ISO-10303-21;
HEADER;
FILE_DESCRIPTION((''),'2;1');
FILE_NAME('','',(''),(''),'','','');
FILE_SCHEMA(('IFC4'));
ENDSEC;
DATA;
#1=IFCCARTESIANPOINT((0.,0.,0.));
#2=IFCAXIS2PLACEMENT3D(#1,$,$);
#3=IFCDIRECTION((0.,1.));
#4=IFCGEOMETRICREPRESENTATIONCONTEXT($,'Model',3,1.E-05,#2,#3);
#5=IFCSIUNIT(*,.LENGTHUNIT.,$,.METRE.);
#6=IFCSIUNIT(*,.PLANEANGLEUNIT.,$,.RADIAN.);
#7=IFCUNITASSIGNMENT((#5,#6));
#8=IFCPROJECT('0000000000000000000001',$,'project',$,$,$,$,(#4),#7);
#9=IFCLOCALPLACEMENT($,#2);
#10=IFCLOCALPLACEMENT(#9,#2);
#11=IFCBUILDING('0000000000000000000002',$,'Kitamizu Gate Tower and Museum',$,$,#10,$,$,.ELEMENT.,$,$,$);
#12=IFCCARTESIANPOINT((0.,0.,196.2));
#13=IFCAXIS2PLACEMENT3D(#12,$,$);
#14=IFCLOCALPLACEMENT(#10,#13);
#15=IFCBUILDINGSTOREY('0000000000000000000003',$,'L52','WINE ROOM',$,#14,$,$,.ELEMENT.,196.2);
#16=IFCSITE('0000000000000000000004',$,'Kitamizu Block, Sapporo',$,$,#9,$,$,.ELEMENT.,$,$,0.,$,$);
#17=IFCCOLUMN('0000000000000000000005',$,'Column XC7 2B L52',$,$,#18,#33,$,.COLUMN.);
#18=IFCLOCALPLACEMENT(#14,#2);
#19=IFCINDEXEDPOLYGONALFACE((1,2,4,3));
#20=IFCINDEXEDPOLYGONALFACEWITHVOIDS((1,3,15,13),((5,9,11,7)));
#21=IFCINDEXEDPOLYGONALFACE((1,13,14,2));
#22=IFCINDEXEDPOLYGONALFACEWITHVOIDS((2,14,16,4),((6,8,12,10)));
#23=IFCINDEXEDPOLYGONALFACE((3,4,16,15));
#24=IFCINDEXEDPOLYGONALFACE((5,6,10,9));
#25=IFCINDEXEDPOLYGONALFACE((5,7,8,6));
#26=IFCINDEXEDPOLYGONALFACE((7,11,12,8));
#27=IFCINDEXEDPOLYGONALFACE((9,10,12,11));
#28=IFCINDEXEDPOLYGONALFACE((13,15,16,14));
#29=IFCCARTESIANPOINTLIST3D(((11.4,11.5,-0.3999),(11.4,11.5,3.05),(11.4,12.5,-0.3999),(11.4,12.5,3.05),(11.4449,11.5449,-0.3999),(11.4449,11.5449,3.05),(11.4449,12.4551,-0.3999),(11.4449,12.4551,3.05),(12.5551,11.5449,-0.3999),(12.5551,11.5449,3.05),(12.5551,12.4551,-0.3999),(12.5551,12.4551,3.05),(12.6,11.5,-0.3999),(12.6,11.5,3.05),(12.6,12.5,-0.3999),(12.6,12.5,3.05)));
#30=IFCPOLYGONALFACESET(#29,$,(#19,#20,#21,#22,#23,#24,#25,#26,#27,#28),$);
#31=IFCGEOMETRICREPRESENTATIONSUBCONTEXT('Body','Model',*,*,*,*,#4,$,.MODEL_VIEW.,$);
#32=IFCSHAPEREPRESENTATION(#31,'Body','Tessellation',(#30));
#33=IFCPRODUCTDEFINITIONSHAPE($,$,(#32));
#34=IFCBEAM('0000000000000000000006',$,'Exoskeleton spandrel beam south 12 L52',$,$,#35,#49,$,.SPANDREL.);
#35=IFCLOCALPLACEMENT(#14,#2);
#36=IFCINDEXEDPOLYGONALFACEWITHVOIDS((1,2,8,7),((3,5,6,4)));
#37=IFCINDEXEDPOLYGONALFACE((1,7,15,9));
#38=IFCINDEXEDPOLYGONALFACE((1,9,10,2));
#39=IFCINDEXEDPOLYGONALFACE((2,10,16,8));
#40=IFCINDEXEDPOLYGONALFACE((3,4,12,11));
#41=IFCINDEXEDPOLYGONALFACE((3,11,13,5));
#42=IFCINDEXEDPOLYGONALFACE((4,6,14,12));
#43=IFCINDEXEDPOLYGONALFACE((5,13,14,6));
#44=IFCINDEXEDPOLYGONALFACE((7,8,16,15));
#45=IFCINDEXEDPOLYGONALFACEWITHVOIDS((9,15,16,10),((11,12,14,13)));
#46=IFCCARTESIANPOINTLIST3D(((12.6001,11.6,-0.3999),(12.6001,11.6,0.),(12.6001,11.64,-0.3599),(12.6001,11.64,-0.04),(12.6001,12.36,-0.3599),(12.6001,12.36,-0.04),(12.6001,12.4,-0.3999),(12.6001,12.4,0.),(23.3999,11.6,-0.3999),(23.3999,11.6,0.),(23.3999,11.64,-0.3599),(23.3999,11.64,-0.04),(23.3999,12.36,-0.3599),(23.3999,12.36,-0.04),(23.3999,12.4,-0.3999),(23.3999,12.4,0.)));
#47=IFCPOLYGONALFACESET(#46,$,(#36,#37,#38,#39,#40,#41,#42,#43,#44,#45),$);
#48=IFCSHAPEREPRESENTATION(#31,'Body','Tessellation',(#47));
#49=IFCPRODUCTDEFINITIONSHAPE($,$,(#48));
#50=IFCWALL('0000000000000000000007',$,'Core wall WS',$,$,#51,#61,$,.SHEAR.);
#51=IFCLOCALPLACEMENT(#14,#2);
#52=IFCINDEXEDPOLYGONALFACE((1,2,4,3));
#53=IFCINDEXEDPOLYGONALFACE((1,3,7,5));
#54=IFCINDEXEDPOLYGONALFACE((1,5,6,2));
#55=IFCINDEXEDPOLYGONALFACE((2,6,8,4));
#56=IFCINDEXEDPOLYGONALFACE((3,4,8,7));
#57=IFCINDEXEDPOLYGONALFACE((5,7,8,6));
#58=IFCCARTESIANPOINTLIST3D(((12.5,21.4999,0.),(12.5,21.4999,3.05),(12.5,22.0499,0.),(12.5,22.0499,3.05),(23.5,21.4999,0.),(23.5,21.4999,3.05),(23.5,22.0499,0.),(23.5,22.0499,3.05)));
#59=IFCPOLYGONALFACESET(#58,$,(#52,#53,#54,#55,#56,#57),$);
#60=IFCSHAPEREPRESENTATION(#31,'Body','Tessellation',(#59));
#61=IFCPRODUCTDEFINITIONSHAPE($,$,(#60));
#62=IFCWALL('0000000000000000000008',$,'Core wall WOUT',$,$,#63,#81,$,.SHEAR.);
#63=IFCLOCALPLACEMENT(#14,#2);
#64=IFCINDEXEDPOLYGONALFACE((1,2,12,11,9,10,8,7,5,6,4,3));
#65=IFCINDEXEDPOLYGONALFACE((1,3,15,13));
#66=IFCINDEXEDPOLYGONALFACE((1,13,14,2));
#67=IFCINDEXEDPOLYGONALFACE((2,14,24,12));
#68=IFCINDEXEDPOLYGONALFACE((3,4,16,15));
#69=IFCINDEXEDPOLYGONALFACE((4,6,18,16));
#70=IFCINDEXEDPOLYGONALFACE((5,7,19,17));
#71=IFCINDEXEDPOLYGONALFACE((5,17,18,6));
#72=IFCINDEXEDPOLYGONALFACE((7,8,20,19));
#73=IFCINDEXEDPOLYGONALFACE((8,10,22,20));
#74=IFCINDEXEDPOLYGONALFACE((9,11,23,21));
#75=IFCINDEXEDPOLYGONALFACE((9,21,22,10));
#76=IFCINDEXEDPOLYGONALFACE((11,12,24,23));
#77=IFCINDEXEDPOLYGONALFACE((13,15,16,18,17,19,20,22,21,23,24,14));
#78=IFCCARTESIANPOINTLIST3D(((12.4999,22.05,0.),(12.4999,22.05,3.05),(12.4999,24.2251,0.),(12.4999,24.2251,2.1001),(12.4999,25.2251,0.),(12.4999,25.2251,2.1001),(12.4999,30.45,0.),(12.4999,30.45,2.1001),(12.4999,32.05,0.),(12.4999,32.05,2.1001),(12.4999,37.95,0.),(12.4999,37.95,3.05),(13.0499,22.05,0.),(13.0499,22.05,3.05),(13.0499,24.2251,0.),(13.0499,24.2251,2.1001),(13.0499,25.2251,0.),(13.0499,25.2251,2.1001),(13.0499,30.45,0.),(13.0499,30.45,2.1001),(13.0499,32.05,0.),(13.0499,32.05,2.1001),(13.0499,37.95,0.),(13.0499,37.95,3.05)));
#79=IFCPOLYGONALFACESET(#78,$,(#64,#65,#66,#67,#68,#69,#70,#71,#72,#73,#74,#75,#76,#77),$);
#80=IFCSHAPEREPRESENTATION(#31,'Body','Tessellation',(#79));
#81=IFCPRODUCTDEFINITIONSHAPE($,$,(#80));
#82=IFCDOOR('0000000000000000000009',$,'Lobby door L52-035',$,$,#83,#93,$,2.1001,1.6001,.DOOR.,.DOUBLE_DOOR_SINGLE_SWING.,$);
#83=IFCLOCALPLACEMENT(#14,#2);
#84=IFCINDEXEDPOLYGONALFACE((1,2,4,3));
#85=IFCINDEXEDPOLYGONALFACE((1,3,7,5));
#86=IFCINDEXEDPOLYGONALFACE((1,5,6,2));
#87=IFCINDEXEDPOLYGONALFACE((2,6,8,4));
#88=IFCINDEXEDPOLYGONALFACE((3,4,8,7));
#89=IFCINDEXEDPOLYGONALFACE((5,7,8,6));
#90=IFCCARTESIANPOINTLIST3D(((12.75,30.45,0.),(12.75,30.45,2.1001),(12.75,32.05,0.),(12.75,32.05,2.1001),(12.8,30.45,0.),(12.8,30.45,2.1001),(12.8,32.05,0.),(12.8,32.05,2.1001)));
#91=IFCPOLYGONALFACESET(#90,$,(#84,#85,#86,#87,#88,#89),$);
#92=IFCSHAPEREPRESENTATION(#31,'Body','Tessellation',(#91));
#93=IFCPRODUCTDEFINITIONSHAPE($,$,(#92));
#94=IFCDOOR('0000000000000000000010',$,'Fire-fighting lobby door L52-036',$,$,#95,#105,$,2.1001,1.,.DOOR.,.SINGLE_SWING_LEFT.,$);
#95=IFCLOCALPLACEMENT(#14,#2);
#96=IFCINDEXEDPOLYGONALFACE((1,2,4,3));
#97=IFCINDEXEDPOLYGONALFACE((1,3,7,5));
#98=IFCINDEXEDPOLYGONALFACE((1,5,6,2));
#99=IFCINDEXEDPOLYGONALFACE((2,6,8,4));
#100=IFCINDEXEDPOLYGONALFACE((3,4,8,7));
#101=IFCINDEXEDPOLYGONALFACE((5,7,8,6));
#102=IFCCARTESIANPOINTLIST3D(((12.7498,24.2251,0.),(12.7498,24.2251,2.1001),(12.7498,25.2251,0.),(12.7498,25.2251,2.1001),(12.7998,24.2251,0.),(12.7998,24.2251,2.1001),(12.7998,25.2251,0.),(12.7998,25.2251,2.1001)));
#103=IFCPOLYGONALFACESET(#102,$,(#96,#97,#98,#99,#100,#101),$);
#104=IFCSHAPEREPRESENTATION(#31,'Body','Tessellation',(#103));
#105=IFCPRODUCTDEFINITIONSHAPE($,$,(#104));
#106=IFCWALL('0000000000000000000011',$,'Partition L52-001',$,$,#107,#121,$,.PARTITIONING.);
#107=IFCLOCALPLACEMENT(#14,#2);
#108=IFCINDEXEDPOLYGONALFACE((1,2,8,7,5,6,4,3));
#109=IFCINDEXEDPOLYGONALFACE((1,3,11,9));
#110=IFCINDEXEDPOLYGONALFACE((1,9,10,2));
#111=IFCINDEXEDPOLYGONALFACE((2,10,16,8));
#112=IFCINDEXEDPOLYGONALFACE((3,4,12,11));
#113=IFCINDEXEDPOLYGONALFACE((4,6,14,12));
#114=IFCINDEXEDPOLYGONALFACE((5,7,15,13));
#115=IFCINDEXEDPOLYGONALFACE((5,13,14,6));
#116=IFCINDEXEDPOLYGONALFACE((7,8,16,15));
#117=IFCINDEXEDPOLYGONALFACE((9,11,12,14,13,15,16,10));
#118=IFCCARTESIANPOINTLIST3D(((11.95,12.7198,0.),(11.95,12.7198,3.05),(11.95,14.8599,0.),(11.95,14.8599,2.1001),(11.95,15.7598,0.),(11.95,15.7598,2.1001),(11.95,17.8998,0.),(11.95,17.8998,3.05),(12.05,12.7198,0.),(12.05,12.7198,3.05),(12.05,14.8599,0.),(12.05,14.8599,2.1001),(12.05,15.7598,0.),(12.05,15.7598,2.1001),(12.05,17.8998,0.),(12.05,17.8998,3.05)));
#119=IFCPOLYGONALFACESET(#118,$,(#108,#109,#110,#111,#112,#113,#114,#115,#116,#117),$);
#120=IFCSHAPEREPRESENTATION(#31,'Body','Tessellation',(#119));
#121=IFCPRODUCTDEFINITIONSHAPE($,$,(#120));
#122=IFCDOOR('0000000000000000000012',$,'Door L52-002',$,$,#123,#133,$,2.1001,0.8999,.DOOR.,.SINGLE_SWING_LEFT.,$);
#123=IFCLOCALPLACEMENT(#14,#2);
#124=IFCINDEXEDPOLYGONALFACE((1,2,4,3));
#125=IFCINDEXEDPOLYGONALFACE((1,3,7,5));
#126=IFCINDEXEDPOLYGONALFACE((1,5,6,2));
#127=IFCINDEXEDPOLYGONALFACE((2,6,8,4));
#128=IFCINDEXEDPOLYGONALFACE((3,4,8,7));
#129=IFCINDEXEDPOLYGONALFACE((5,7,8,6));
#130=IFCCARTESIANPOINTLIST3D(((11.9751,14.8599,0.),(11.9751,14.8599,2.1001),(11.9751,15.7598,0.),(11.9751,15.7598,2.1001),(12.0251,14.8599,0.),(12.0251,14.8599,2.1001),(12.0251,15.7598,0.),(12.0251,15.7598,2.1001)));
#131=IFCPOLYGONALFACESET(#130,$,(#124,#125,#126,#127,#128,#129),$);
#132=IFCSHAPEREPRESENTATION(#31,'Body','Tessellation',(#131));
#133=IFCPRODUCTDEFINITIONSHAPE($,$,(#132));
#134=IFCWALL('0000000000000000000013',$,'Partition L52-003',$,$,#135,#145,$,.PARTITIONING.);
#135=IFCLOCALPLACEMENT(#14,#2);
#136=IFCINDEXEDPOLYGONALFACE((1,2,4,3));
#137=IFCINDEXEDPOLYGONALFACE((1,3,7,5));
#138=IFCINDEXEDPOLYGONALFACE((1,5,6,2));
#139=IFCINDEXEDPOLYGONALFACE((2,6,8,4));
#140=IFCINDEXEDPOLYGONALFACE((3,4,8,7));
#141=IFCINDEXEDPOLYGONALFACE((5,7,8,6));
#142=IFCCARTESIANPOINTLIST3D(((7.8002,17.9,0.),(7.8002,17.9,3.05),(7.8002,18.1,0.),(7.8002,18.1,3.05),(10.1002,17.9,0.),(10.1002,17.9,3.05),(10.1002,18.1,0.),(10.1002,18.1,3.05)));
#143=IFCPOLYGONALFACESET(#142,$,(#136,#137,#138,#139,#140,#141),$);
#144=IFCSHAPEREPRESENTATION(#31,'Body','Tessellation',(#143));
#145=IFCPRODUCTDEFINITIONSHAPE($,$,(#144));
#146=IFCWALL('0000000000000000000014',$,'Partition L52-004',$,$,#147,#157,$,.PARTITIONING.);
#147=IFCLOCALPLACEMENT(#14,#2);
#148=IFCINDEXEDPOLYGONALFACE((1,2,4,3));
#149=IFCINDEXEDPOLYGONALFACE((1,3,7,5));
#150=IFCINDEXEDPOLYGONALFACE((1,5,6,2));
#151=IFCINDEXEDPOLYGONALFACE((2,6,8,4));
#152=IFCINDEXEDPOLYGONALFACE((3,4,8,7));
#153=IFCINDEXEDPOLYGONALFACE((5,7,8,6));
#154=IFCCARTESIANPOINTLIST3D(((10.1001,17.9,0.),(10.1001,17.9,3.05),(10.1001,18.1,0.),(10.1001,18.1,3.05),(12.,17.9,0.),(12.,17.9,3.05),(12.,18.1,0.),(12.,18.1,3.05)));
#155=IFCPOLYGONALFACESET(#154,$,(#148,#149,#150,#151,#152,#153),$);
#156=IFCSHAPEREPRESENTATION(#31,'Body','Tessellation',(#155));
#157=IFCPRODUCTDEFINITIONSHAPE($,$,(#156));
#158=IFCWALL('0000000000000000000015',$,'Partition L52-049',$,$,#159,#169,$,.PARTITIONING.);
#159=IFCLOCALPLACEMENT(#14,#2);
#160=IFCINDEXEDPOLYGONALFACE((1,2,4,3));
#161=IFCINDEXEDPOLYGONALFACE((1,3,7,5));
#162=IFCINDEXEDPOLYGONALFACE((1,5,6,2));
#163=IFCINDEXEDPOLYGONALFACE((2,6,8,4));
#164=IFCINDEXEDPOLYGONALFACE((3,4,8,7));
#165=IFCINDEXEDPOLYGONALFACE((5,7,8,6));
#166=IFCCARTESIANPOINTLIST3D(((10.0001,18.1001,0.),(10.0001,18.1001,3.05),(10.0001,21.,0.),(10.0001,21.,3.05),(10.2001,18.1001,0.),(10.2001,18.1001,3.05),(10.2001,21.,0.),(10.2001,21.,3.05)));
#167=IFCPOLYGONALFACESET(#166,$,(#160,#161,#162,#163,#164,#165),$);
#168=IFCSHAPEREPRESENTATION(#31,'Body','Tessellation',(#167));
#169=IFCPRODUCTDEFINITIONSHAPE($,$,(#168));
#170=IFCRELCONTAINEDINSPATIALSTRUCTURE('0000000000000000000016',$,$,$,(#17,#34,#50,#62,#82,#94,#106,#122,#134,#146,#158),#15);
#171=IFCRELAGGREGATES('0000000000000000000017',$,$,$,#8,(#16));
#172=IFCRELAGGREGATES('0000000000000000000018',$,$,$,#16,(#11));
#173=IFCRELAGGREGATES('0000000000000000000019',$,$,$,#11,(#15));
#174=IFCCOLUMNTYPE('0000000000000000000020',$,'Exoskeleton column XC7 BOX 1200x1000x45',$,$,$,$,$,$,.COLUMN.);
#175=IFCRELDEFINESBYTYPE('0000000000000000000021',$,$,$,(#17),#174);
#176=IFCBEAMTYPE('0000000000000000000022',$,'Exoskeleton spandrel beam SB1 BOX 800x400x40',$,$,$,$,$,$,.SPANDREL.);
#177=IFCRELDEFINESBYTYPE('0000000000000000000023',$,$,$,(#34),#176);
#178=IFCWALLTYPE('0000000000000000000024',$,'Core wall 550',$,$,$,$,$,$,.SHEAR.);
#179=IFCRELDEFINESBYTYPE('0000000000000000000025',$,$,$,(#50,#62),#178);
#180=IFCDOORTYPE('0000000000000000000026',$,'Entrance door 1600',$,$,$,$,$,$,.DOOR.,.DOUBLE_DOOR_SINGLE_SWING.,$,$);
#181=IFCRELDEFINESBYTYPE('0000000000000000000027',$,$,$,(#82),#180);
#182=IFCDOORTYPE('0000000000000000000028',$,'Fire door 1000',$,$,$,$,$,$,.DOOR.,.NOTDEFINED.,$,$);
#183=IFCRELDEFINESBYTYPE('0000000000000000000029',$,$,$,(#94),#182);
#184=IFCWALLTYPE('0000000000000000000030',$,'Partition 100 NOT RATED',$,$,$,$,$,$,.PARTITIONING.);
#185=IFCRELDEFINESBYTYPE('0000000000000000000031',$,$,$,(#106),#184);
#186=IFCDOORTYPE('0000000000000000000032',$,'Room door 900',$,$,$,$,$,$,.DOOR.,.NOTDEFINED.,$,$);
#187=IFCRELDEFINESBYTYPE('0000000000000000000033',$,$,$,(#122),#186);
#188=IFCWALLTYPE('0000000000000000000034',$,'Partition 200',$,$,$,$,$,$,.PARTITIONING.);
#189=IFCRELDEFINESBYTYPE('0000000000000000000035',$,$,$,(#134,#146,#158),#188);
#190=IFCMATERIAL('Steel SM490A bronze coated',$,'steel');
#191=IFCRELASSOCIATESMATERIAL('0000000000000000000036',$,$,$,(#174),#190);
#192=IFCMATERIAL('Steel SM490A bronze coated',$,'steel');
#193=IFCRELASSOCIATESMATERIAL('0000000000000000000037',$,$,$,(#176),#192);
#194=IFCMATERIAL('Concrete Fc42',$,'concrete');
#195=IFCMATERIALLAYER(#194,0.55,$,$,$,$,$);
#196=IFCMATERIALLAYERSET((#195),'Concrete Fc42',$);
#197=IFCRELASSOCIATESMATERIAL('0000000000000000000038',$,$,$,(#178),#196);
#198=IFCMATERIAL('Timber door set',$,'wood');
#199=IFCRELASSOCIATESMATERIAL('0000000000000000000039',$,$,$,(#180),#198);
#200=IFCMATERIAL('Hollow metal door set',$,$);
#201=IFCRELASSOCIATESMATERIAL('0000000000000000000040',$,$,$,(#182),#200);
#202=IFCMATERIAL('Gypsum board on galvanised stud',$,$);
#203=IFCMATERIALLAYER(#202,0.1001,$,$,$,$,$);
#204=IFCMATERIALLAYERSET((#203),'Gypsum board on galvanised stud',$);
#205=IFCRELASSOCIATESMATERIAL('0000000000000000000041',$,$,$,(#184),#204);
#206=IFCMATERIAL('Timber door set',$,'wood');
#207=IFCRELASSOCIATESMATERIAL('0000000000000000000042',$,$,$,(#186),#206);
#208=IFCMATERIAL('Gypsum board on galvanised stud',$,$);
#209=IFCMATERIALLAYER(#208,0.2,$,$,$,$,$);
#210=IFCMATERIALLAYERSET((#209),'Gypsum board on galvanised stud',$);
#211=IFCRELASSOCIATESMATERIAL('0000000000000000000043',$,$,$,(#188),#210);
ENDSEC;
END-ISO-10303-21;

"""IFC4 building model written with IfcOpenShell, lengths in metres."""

from ifc_helpers import new_model, si_unit, direction, frame, frame_2d, origin, origin_2d, place, context, subcontext, project, spatial, rectangle, hollow_rectangle, extrude, material, layer, layer_set, material_profile, profile_set, type_object, element, fill, save


model = new_model("IFC4")

# Units and contexts
model_context = context("Model", 3, precision=1e-05, world=origin(), true_north=direction((0.0, 1.0)))
body_context = subcontext(model_context, "Body", "Model", "MODEL_VIEW")
ifc_project = project(units=[si_unit("LENGTHUNIT", "METRE"), si_unit("PLANEANGLEUNIT", "RADIAN")], contexts=[model_context])

# Site, building, storey
site_placement = place(None, origin())
site = spatial("IfcSite", under=ifc_project, at=site_placement, Name="Kitamizu Block, Sapporo", CompositionType="ELEMENT", RefElevation=0.0)
building_placement = place(site_placement, origin())
building = spatial("IfcBuilding", under=site, at=building_placement, Name="Kitamizu Gate Tower and Museum", CompositionType="ELEMENT")
storey_placement = place(building_placement, frame((0.0, 0.0, 196.2)))
storey = spatial("IfcBuildingStorey", under=building, at=storey_placement, Name="L52", Description="WINE ROOM", CompositionType="ELEMENT", Elevation=196.2)

# Column
ifc_material_1 = material(Name="Steel SM490A bronze coated", Category="steel")
ifc_material_profile_1 = material_profile(ifc_material_1, hollow_rectangle(XDim=1.2, YDim=1.0, WallThickness=0.0449, at=origin_2d()), Name="BOX 1200x1000x45")
ifc_profile_set_1 = profile_set([ifc_material_profile_1], Name="Steel SM490A bronze coated")
column_type = type_object("IfcColumnType", Name="Exoskeleton column XC7 BOX 1200x1000x45", PredefinedType="COLUMN", material=ifc_profile_set_1)
column_placement = place(storey_placement, frame((12.0, 12.0, -0.3999), z_axis=(0.0, 0.0, 1.0), x_axis=(1.0, 0.0, 0.0)))
element("IfcColumn", 1, at=column_placement, inside=storey, type_object=column_type, Name="Column XC7 2B L52", PredefinedType="COLUMN", context=body_context, shape_type="SweptSolid", body=[
    extrude(hollow_rectangle(XDim=1.2, YDim=1.0, WallThickness=0.0449, at=origin_2d()), origin(), (0.0, 0.0, 1.0), 3.45),
])

# Beam
ifc_material_2 = material(Name="Steel SM490A bronze coated", Category="steel")
ifc_material_profile_2 = material_profile(ifc_material_2, hollow_rectangle(XDim=0.8, YDim=0.3999, WallThickness=0.04, at=origin_2d()), Name="BOX 800x400x40")
ifc_profile_set_2 = profile_set([ifc_material_profile_2], Name="Steel SM490A bronze coated")
beam_type = type_object("IfcBeamType", Name="Exoskeleton spandrel beam SB1 BOX 800x400x40", PredefinedType="SPANDREL", material=ifc_profile_set_2)
beam_placement = place(storey_placement, frame((12.6001, 12.0, -0.2), z_axis=(1.0, 0.0, 0.0), x_axis=(0.0, 1.0, 0.0)))
element("IfcBeam", 2, at=beam_placement, inside=storey, type_object=beam_type, Name="Exoskeleton spandrel beam south 12 L52", PredefinedType="SPANDREL", context=body_context, shape_type="SweptSolid", body=[
    extrude(hollow_rectangle(XDim=0.8, YDim=0.3999, WallThickness=0.04, at=origin_2d()), origin(), (0.0, 0.0, 1.0), 10.7998),
])

# Wall
ifc_material_3 = material(Name="Concrete Fc42", Category="concrete")
ifc_layer_1 = layer(ifc_material_3, 0.55)
ifc_layer_set_1 = layer_set([ifc_layer_1], Name="Concrete Fc42")
wall_type_1 = type_object("IfcWallType", Name="Core wall 550", PredefinedType="SHEAR", material=ifc_layer_set_1)
wall_1_placement = place(storey_placement, frame((12.5, 21.7749, 0.0), z_axis=(0.0, 0.0, 1.0), x_axis=(1.0, 0.0, 0.0)))
element("IfcWall", 3, at=wall_1_placement, inside=storey, type_object=wall_type_1, Name="Core wall WS", PredefinedType="SHEAR", context=body_context, shape_type="SweptSolid", body=[
    extrude(rectangle(XDim=11.0, YDim=0.55, at=frame_2d((5.5, 0.0))), origin(), (0.0, 0.0, 1.0), 3.05),
])

# Wall, openings, doors
wall_2_placement = place(storey_placement, frame((12.7749, 22.05, 0.0), z_axis=(0.0, 0.0, 1.0), x_axis=(0.0, 1.0, 0.0)))
wall_2 = element("IfcWall", 4, at=wall_2_placement, inside=storey, type_object=wall_type_1, Name="Core wall WOUT", PredefinedType="SHEAR", context=body_context, shape_type="SweptSolid", body=[
    extrude(rectangle(XDim=15.8999, YDim=0.55, at=frame_2d((7.95, 0.0))), origin(), (0.0, 0.0, 1.0), 3.05),
])
opening_1_placement = place(wall_2_placement, frame((8.3999, 0.0, 0.0)))
opening_1 = element("IfcOpeningElement", 5, at=opening_1_placement, cuts=wall_2, PredefinedType="OPENING", context=body_context, shape_type="SweptSolid", body=[
    extrude(rectangle(XDim=1.6001, YDim=2.1001, at=frame_2d((0.8, 1.05))), frame((0.0, 0.2852, 0.0), z_axis=(0.0, -1.0, 0.0), x_axis=(1.0, 0.0, 0.0)), (0.0, 0.0, 1.0), 0.5701),
])
opening_2_placement = place(wall_2_placement, frame((2.175, 0.0, 0.0)))
opening_2 = element("IfcOpeningElement", 6, at=opening_2_placement, cuts=wall_2, PredefinedType="OPENING", context=body_context, shape_type="SweptSolid", body=[
    extrude(rectangle(XDim=1.0, YDim=2.1001, at=frame_2d((0.5, 1.05))), frame((0.0, 0.2852, 0.0), z_axis=(0.0, -1.0, 0.0), x_axis=(1.0, 0.0, 0.0)), (0.0, 0.0, 1.0), 0.5701),
])
ifc_material_4 = material(Name="Timber door set", Category="wood")
door_type_1 = type_object("IfcDoorType", Name="Entrance door 1600", OperationType="DOUBLE_DOOR_SINGLE_SWING", PredefinedType="DOOR", material=ifc_material_4)
door_1_placement = place(opening_1_placement, origin())
door_1 = element("IfcDoor", 7, at=door_1_placement, inside=storey, type_object=door_type_1, Name="Lobby door L52-035", OperationType="DOUBLE_DOOR_SINGLE_SWING", OverallHeight=2.1001, OverallWidth=1.6001, PredefinedType="DOOR", context=body_context, shape_type="SweptSolid", body=[
    extrude(rectangle(XDim=1.6001, YDim=2.1001, at=frame_2d((0.8, 1.05))), frame((0.0, 0.0249, 0.0), z_axis=(0.0, -1.0, 0.0), x_axis=(1.0, 0.0, 0.0)), (0.0, 0.0, 1.0), 0.05),
])
fill(opening_1, door_1)
ifc_material_5 = material(Name="Hollow metal door set")
door_type_2 = type_object("IfcDoorType", Name="Fire door 1000", OperationType="NOTDEFINED", PredefinedType="DOOR", material=ifc_material_5)
door_2_placement = place(opening_2_placement, frame((1.0, 0.0, 0.0), x_axis=(-1.0, 0.0, 0.0)))
door_2 = element("IfcDoor", 8, at=door_2_placement, inside=storey, type_object=door_type_2, Name="Fire-fighting lobby door L52-036", OperationType="SINGLE_SWING_LEFT", OverallHeight=2.1001, OverallWidth=1.0, PredefinedType="DOOR", context=body_context, shape_type="SweptSolid", body=[
    extrude(rectangle(XDim=1.0, YDim=2.1001, at=frame_2d((0.5, 1.05))), frame((0.0, 0.0249, 0.0), z_axis=(0.0, -1.0, 0.0), x_axis=(1.0, 0.0, 0.0)), (0.0, 0.0, 1.0), 0.05),
])
fill(opening_2, door_2)

# Wall, opening, door
ifc_material_6 = material(Name="Gypsum board on galvanised stud")
ifc_layer_2 = layer(ifc_material_6, 0.1001)
ifc_layer_set_2 = layer_set([ifc_layer_2], Name="Gypsum board on galvanised stud")
wall_type_2 = type_object("IfcWallType", Name="Partition 100 NOT RATED", PredefinedType="PARTITIONING", material=ifc_layer_set_2)
wall_3_placement = place(storey_placement, frame((12.0, 12.72, 0.0), z_axis=(0.0, 0.0, 1.0), x_axis=(0.0, 1.0, 0.0)))
wall_3 = element("IfcWall", 9, at=wall_3_placement, inside=storey, type_object=wall_type_2, Name="Partition L52-001", PredefinedType="PARTITIONING", context=body_context, shape_type="SweptSolid", body=[
    extrude(rectangle(XDim=5.1799, YDim=0.1001, at=frame_2d((2.5898, 0.0))), origin(), (0.0, 0.0, 1.0), 3.05),
])
opening_3_placement = place(wall_3_placement, frame((2.1399, 0.0, 0.0)))
opening_3 = element("IfcOpeningElement", 10, at=opening_3_placement, cuts=wall_3, PredefinedType="OPENING", context=body_context, shape_type="SweptSolid", body=[
    extrude(rectangle(XDim=0.8999, YDim=2.1001, at=frame_2d((0.45, 1.05))), frame((0.0, 0.0601, 0.0), z_axis=(0.0, -1.0, 0.0), x_axis=(1.0, 0.0, 0.0)), (0.0, 0.0, 1.0), 0.1201),
])
ifc_material_7 = material(Name="Timber door set", Category="wood")
door_type_3 = type_object("IfcDoorType", Name="Room door 900", OperationType="NOTDEFINED", PredefinedType="DOOR", material=ifc_material_7)
door_3_placement = place(opening_3_placement, origin())
door_3 = element("IfcDoor", 11, at=door_3_placement, inside=storey, type_object=door_type_3, Name="Door L52-002", OperationType="SINGLE_SWING_LEFT", OverallHeight=2.1001, OverallWidth=0.8999, PredefinedType="DOOR", context=body_context, shape_type="SweptSolid", body=[
    extrude(rectangle(XDim=0.8999, YDim=2.1001, at=frame_2d((0.45, 1.05))), frame((0.0, 0.0249, 0.0), z_axis=(0.0, -1.0, 0.0), x_axis=(1.0, 0.0, 0.0)), (0.0, 0.0, 1.0), 0.05),
])
fill(opening_3, door_3)

# Walls
ifc_material_8 = material(Name="Gypsum board on galvanised stud")
ifc_layer_3 = layer(ifc_material_8, 0.2)
ifc_layer_set_3 = layer_set([ifc_layer_3], Name="Gypsum board on galvanised stud")
wall_type_3 = type_object("IfcWallType", Name="Partition 200", PredefinedType="PARTITIONING", material=ifc_layer_set_3)
wall_4_placement = place(storey_placement, frame((10.1001, 18.0, 0.0), z_axis=(0.0, 0.0, 1.0), x_axis=(-1.0, 0.0, 0.0)))
element("IfcWall", 12, at=wall_4_placement, inside=storey, type_object=wall_type_3, Name="Partition L52-003", PredefinedType="PARTITIONING", context=body_context, shape_type="SweptSolid", body=[
    extrude(rectangle(XDim=2.3, YDim=0.2, at=frame_2d((1.1499, 0.0))), origin(), (0.0, 0.0, 1.0), 3.05),
])
wall_5_placement = place(storey_placement, frame((12.0, 18.0, 0.0), z_axis=(0.0, 0.0, 1.0), x_axis=(-1.0, 0.0, 0.0)))
element("IfcWall", 13, at=wall_5_placement, inside=storey, type_object=wall_type_3, Name="Partition L52-004", PredefinedType="PARTITIONING", context=body_context, shape_type="SweptSolid", body=[
    extrude(rectangle(XDim=1.8999, YDim=0.2, at=frame_2d((0.95, 0.0))), origin(), (0.0, 0.0, 1.0), 3.05),
])
wall_6_placement = place(storey_placement, frame((10.1001, 18.1001, 0.0), z_axis=(0.0, 0.0, 1.0), x_axis=(0.0, 1.0, 0.0)))
element("IfcWall", 14, at=wall_6_placement, inside=storey, type_object=wall_type_3, Name="Partition L52-049", PredefinedType="PARTITIONING", context=body_context, shape_type="SweptSolid", body=[
    extrude(rectangle(XDim=2.8999, YDim=0.2, at=frame_2d((1.45, 0.0))), origin(), (0.0, 0.0, 1.0), 3.05),
])

save(model, "model.ifc")
